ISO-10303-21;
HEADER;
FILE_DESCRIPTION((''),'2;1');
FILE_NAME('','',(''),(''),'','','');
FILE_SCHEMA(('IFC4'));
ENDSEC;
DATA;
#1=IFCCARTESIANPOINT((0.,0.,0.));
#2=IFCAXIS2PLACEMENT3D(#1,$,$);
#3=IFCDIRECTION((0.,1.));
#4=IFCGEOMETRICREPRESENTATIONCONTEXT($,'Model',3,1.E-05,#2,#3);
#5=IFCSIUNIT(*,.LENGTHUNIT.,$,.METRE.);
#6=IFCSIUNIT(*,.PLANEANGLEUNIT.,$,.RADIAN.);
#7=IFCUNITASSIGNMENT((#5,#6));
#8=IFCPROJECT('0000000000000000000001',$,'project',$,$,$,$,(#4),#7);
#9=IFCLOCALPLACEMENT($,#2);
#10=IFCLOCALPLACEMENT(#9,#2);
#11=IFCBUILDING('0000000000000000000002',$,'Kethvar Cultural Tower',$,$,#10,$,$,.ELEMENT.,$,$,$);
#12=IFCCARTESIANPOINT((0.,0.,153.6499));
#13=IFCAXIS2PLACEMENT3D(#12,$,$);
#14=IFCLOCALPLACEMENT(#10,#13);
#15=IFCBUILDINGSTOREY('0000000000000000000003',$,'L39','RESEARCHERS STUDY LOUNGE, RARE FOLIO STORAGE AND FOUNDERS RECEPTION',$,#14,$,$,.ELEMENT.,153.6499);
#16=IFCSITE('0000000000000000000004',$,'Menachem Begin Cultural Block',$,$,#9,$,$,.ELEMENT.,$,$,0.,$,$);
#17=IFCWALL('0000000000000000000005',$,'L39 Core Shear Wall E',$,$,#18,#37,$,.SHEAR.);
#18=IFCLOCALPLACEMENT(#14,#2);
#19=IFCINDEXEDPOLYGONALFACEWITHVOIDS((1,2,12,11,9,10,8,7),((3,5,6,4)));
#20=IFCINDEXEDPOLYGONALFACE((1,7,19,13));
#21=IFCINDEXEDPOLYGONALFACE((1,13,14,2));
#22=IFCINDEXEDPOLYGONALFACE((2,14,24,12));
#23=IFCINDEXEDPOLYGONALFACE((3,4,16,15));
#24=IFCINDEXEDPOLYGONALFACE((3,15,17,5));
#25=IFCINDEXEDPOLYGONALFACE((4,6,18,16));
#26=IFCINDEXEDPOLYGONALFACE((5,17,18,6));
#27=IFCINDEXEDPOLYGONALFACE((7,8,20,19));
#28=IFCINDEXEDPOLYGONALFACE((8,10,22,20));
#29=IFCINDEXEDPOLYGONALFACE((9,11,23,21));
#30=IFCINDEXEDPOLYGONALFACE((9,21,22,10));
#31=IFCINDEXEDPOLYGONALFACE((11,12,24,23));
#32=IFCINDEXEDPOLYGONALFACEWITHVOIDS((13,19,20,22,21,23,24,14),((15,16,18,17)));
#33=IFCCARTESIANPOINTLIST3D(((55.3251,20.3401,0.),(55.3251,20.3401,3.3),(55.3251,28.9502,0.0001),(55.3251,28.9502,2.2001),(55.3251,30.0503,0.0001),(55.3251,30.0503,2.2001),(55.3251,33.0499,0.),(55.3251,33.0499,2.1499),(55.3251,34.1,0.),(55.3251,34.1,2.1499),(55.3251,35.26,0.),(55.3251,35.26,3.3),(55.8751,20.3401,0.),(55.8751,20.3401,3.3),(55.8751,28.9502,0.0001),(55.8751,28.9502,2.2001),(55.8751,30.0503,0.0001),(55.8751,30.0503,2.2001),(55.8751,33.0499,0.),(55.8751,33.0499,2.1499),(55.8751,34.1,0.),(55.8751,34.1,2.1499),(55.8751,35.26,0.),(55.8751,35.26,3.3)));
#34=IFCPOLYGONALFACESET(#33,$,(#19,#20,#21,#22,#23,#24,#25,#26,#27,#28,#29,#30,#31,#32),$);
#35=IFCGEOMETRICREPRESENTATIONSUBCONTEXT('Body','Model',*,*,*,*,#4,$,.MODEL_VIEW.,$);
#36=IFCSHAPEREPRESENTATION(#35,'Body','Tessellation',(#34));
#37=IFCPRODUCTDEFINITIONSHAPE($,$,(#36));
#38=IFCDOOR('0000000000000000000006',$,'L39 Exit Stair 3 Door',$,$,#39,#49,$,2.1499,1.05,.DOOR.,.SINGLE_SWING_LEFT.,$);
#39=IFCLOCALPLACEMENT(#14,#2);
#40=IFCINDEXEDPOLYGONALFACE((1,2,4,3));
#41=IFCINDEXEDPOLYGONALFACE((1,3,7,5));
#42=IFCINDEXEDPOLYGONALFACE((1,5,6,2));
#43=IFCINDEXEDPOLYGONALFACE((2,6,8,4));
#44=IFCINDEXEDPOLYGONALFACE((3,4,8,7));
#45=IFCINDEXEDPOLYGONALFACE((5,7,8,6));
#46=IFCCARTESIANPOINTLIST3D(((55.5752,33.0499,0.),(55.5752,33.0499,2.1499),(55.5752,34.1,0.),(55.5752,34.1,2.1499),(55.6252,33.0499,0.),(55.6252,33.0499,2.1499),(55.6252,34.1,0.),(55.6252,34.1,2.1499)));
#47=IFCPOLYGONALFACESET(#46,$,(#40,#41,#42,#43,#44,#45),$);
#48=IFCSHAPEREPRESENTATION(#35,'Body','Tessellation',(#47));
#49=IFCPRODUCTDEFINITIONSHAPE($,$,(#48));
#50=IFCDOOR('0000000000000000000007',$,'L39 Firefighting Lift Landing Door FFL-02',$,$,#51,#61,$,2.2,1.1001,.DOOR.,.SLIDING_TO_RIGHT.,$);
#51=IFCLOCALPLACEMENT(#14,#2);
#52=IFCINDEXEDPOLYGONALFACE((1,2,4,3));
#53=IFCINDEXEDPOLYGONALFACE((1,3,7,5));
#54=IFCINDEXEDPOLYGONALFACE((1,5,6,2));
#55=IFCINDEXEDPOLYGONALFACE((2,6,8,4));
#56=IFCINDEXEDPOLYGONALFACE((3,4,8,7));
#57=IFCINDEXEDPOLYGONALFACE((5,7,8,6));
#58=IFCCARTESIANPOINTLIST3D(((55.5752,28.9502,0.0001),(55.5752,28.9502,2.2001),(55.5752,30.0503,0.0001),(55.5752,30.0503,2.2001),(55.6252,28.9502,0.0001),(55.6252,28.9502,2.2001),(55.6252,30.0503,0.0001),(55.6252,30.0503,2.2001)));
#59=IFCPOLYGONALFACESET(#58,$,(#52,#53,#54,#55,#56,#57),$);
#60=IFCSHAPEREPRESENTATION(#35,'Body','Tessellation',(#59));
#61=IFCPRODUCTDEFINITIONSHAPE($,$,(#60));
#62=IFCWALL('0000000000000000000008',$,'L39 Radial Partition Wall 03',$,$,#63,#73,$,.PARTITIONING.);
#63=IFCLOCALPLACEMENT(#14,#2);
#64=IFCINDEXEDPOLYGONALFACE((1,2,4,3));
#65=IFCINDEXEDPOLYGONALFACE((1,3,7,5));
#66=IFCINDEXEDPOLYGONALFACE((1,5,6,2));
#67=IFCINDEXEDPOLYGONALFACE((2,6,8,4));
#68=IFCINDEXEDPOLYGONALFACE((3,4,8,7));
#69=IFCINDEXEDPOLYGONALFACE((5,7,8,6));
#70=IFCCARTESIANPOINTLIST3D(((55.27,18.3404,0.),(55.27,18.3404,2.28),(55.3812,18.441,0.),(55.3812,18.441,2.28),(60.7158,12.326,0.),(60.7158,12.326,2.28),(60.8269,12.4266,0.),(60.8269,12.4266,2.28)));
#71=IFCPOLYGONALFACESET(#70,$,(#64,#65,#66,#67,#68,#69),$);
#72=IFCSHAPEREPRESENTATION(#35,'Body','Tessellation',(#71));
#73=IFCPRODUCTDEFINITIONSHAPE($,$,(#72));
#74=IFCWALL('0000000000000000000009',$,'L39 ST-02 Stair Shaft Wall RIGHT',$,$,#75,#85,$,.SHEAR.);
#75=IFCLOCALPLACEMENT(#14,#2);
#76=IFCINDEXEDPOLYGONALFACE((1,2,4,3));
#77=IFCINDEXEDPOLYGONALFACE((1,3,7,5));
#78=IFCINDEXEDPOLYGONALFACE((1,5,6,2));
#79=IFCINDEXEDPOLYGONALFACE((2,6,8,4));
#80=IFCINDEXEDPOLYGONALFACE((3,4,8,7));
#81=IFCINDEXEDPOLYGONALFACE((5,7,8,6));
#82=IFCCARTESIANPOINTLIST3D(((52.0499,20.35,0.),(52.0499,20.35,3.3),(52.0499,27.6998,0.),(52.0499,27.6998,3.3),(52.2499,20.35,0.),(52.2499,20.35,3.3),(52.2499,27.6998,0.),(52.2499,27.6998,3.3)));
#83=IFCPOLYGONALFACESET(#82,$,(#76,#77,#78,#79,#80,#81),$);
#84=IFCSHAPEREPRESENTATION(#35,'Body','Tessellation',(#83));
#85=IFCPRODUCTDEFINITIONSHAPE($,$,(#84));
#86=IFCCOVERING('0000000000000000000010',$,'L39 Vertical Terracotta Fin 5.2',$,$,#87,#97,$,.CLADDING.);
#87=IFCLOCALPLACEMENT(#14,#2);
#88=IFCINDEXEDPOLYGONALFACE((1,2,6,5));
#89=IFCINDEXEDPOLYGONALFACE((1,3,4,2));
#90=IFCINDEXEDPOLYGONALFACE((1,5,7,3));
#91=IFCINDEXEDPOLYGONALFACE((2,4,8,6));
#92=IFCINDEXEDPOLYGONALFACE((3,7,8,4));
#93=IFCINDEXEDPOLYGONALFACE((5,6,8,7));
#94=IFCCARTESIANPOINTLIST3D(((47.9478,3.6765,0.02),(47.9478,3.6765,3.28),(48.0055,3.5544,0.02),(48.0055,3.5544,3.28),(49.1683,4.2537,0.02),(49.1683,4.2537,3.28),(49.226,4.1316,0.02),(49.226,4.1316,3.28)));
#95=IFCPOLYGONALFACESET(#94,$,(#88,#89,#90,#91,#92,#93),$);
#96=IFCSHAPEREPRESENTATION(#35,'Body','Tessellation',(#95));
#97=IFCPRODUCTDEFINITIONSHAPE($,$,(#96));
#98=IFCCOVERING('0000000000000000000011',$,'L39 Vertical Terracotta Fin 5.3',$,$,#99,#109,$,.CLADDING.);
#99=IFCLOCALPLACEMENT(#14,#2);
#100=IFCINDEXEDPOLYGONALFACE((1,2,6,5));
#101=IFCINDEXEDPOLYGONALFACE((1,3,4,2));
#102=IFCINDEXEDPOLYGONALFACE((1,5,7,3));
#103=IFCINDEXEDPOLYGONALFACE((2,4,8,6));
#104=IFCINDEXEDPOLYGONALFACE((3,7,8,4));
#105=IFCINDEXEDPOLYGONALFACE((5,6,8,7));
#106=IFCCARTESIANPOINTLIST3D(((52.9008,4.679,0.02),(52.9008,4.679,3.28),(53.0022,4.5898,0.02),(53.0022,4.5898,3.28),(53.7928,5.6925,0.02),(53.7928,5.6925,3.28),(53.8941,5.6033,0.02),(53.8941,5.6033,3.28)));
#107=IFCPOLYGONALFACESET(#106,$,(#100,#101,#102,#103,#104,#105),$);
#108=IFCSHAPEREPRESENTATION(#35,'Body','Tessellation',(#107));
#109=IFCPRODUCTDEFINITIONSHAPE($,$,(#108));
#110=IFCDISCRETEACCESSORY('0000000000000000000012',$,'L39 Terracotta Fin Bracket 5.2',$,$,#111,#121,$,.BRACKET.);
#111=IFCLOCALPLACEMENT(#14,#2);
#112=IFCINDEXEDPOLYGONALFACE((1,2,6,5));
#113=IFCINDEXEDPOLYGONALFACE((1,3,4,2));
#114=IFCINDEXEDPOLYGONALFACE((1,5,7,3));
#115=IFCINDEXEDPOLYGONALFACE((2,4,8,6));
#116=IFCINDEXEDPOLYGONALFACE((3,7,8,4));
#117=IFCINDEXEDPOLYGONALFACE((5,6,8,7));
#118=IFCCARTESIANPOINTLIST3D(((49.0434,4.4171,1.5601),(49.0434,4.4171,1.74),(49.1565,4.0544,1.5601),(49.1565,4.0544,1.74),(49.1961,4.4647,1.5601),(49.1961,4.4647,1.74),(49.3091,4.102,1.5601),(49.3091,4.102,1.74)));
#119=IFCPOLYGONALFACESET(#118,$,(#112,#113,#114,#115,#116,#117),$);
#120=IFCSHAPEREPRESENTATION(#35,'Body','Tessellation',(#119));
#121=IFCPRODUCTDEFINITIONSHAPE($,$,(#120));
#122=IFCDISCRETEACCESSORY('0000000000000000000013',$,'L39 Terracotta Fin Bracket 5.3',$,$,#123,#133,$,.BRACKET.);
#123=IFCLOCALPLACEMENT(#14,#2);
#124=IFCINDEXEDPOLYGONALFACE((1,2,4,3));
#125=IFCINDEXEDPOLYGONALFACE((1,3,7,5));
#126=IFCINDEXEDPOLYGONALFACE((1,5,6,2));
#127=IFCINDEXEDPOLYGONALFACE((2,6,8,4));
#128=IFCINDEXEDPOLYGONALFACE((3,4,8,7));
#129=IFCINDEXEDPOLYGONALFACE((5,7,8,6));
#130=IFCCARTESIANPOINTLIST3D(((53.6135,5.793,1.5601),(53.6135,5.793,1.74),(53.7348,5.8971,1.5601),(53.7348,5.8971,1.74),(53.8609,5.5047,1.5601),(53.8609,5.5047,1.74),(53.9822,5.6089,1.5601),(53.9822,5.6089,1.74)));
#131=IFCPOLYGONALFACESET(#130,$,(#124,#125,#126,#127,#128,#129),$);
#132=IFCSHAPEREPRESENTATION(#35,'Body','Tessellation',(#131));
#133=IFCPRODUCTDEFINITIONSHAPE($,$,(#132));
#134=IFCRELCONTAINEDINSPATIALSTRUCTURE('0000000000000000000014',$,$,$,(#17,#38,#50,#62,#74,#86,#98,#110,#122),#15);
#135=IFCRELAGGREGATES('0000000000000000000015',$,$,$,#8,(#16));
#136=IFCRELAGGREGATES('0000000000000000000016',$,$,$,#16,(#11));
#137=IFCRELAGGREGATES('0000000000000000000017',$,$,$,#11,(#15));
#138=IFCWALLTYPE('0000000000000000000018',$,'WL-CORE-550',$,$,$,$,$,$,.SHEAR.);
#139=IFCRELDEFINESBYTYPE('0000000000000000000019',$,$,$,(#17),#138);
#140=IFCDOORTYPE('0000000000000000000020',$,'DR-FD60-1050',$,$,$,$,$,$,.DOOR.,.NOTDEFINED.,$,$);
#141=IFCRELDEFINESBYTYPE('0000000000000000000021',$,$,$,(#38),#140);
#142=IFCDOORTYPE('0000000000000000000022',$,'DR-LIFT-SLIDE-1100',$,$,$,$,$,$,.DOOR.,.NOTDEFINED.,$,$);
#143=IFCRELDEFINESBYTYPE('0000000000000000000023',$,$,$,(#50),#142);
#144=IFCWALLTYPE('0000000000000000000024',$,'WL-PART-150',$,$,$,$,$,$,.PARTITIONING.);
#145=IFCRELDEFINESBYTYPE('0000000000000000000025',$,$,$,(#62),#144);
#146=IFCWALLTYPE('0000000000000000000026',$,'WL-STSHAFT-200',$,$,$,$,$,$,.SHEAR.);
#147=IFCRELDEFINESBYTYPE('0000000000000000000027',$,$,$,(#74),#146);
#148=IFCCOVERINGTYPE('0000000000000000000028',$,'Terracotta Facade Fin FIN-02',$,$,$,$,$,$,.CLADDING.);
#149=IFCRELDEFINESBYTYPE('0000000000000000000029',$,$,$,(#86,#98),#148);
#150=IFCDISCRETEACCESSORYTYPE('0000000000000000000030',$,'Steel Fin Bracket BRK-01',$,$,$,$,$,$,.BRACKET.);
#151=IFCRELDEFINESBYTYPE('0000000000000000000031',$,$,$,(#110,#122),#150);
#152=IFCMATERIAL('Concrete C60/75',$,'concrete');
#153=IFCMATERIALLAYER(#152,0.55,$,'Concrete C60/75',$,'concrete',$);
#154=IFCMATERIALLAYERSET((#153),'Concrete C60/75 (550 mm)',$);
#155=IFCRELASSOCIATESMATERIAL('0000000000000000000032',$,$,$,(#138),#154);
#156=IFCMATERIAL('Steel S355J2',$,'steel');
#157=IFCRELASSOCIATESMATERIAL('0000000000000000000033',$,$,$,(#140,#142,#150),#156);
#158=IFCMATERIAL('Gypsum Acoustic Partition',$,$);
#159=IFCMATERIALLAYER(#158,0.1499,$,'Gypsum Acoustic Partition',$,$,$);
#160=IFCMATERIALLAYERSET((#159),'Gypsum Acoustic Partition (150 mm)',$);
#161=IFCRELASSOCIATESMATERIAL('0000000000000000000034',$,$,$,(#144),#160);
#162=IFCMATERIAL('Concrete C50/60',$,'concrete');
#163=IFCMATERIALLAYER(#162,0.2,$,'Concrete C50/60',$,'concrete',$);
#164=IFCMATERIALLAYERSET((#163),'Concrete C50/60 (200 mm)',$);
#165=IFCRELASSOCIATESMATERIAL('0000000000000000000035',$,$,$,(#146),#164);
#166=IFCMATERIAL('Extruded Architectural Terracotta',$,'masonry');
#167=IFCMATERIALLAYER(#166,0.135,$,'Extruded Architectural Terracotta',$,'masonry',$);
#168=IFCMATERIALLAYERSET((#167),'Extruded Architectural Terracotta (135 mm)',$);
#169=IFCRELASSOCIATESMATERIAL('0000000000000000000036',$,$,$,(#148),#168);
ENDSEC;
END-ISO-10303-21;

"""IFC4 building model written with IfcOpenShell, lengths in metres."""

from ifc_helpers import new_model, si_unit, direction, frame, frame_2d, origin, origin_2d, place, context, subcontext, project, spatial, rectangle, extrude, source, transform, mapped, material, layer, layer_set, type_object, element, fill, save


model = new_model("IFC4")

# Units and contexts
model_context = context("Model", 3, precision=1e-05, world=origin(), true_north=direction((0.0, 1.0)))
body_context = subcontext(model_context, "Body", "Model", "MODEL_VIEW")
ifc_project = project(units=[si_unit("LENGTHUNIT", "METRE"), si_unit("PLANEANGLEUNIT", "RADIAN")], contexts=[model_context])

# Site, building, storey
site_placement = place(None, origin())
site = spatial("IfcSite", under=ifc_project, at=site_placement, Name="Menachem Begin Cultural Block", CompositionType="ELEMENT", RefElevation=0.0)
building_placement = place(site_placement, origin())
building = spatial("IfcBuilding", under=site, at=building_placement, Name="Kethvar Cultural Tower", CompositionType="ELEMENT")
storey_placement = place(building_placement, frame((0.0, 0.0, 153.6499)))
storey = spatial("IfcBuildingStorey", under=building, at=storey_placement, Name="L39", Description="RESEARCHERS STUDY LOUNGE, RARE FOLIO STORAGE AND FOUNDERS RECEPTION", CompositionType="ELEMENT", Elevation=153.6499)

# Shared definitions
ifc_material_1 = material(Name="Steel S355J2", Category="steel")

# Wall, openings, doors
ifc_material_2 = material(Name="Concrete C60/75", Category="concrete")
ifc_layer_1 = layer(ifc_material_2, 0.55, Name="Concrete C60/75", Category="concrete")
ifc_layer_set_1 = layer_set([ifc_layer_1], Name="Concrete C60/75 (550 mm)")
wall_type_1 = type_object("IfcWallType", Name="WL-CORE-550", PredefinedType="SHEAR", material=ifc_layer_set_1)
wall_1_placement = place(storey_placement, frame((55.6001, 20.3401, 0.0), z_axis=(0.0, 0.0, 1.0), x_axis=(0.0, 1.0, 0.0)))
wall_1 = element("IfcWall", 1, at=wall_1_placement, inside=storey, type_object=wall_type_1, Name="L39 Core Shear Wall E", PredefinedType="SHEAR", context=body_context, shape_type="SweptSolid", body=[
    extrude(rectangle(XDim=14.9199, YDim=0.55, at=frame_2d((7.46, 0.0))), origin(), (0.0, 0.0, 1.0), 3.3),
])
opening_1_placement = place(wall_1_placement, frame((12.71, 0.0, 0.0)))
opening_1 = element("IfcOpeningElement", 2, at=opening_1_placement, cuts=wall_1, PredefinedType="OPENING", context=body_context, shape_type="SweptSolid", body=[
    extrude(rectangle(XDim=1.05, YDim=2.1499, at=frame_2d((0.5249, 1.075))), frame((0.0, 0.2849, 0.0), z_axis=(0.0, -1.0, 0.0), x_axis=(1.0, 0.0, 0.0)), (0.0, 0.0, 1.0), 0.5701),
])
opening_2_placement = place(wall_1_placement, frame((8.6101, 0.0, 0.0)))
opening_2 = element("IfcOpeningElement", 3, at=opening_2_placement, cuts=wall_1, PredefinedType="OPENING", context=body_context, shape_type="SweptSolid", body=[
    extrude(rectangle(XDim=1.1001, YDim=2.2, at=frame_2d((0.55, 1.1001))), frame((0.0, 0.2849, 0.0), z_axis=(0.0, -1.0, 0.0), x_axis=(1.0, 0.0, 0.0)), (0.0, 0.0, 1.0), 0.5701),
])
door_type_1 = type_object("IfcDoorType", Name="DR-FD60-1050", OperationType="NOTDEFINED", PredefinedType="DOOR", material=ifc_material_1)
shared_shape_1 = source(origin(), body_context, "Body", "SweptSolid", [
    extrude(rectangle(XDim=1.05, YDim=2.1499, at=frame_2d((0.5249, 1.075))), frame((0.0, 0.0249, 0.0), z_axis=(0.0, -1.0, 0.0), x_axis=(1.0, 0.0, 0.0)), (0.0, 0.0, 1.0), 0.05),
])
door_1_placement = place(opening_1_placement, origin())
door_1 = element("IfcDoor", 4, at=door_1_placement, inside=storey, type_object=door_type_1, Name="L39 Exit Stair 3 Door", OperationType="SINGLE_SWING_LEFT", OverallHeight=2.1499, OverallWidth=1.05, PredefinedType="DOOR", context=body_context, shape_type="MappedRepresentation", body=[
    mapped(shared_shape_1, transform((0.0, 0.0, 0.0), scale=1.0)),
])
fill(opening_1, door_1)
door_type_2 = type_object("IfcDoorType", Name="DR-LIFT-SLIDE-1100", OperationType="NOTDEFINED", PredefinedType="DOOR", material=ifc_material_1)
shared_shape_2 = source(origin(), body_context, "Body", "SweptSolid", [
    extrude(rectangle(XDim=1.1001, YDim=2.2, at=frame_2d((0.55, 1.1001))), frame((0.0, 0.0249, 0.0), z_axis=(0.0, -1.0, 0.0), x_axis=(1.0, 0.0, 0.0)), (0.0, 0.0, 1.0), 0.05),
])
door_2_placement = place(opening_2_placement, origin())
door_2 = element("IfcDoor", 5, at=door_2_placement, inside=storey, type_object=door_type_2, Name="L39 Firefighting Lift Landing Door FFL-02", OperationType="SLIDING_TO_RIGHT", OverallHeight=2.2, OverallWidth=1.1001, PredefinedType="DOOR", context=body_context, shape_type="MappedRepresentation", body=[
    mapped(shared_shape_2, transform((0.0, 0.0, 0.0), scale=1.0)),
])
fill(opening_2, door_2)

# Walls
ifc_material_3 = material(Name="Gypsum Acoustic Partition")
ifc_layer_2 = layer(ifc_material_3, 0.1499, Name="Gypsum Acoustic Partition")
ifc_layer_set_2 = layer_set([ifc_layer_2], Name="Gypsum Acoustic Partition (150 mm)")
wall_type_2 = type_object("IfcWallType", Name="WL-PART-150", PredefinedType="PARTITIONING", material=ifc_layer_set_2)
wall_2_placement = place(storey_placement, frame((55.3257, 18.3906, 0.0), z_axis=(0.0, 0.0, 1.0), x_axis=(0.671198, -0.741278, 0.0)))
element("IfcWall", 6, at=wall_2_placement, inside=storey, type_object=wall_type_2, Name="L39 Radial Partition Wall 03", PredefinedType="PARTITIONING", context=body_context, shape_type="SweptSolid", body=[
    extrude(rectangle(XDim=8.1135, YDim=0.1499, at=frame_2d((4.0566, 0.0))), origin(), (0.0, 0.0, 1.0), 2.28),
])
ifc_material_4 = material(Name="Concrete C50/60", Category="concrete")
ifc_layer_3 = layer(ifc_material_4, 0.2, Name="Concrete C50/60", Category="concrete")
ifc_layer_set_3 = layer_set([ifc_layer_3], Name="Concrete C50/60 (200 mm)")
wall_type_3 = type_object("IfcWallType", Name="WL-STSHAFT-200", PredefinedType="SHEAR", material=ifc_layer_set_3)
wall_3_placement = place(storey_placement, frame((52.1499, 20.3501, 0.0), z_axis=(0.0, 0.0, 1.0), x_axis=(0.0, 1.0, 0.0)))
element("IfcWall", 7, at=wall_3_placement, inside=storey, type_object=wall_type_3, Name="L39 ST-02 Stair Shaft Wall RIGHT", PredefinedType="SHEAR", context=body_context, shape_type="SweptSolid", body=[
    extrude(rectangle(XDim=7.3499, YDim=0.2, at=frame_2d((3.6748, 0.0))), origin(), (0.0, 0.0, 1.0), 3.3),
])

# Coverings
ifc_material_5 = material(Name="Extruded Architectural Terracotta", Category="masonry")
ifc_layer_4 = layer(ifc_material_5, 0.135, Name="Extruded Architectural Terracotta", Category="masonry")
ifc_layer_set_4 = layer_set([ifc_layer_4], Name="Extruded Architectural Terracotta (135 mm)")
covering_type = type_object("IfcCoveringType", Name="Terracotta Facade Fin FIN-02", PredefinedType="CLADDING", material=ifc_layer_set_4)
shared_shape_3 = source(origin(), body_context, "Body", "SweptSolid", [
    extrude(rectangle(XDim=1.3501, YDim=0.135, at=origin_2d()), origin(), (0.0, 0.0, 1.0), 3.26),
])
for number, where, z_axis, x_axis, name in (
    (8, (48.5869, 3.9041, 0.02), (0.0, 0.0, 1.0), (-0.904008, -0.427516, 0.0), "L39 Vertical Terracotta Fin 5.2"),
    (9, (53.3975, 5.1411, 0.02), (0.0, 0.0, 1.0), (-0.660657, -0.750688, 0.0), "L39 Vertical Terracotta Fin 5.3"),
):
    element("IfcCovering", number, at=place(storey_placement, frame(where, z_axis=z_axis, x_axis=x_axis)), inside=storey, type_object=covering_type, Name=name, PredefinedType="CLADDING", context=body_context, shape_type="MappedRepresentation", body=[
        mapped(shared_shape_3, transform((0.0, 0.0, 0.0), scale=1.0)),
    ])

# Discrete accessories
discrete_accessory_type = type_object("IfcDiscreteAccessoryType", Name="Steel Fin Bracket BRK-01", PredefinedType="BRACKET", material=ifc_material_1)
shared_shape_4 = source(origin(), body_context, "Body", "SweptSolid", [
    extrude(rectangle(XDim=0.3799, YDim=0.1599, at=origin_2d()), origin(), (0.0, 0.0, 1.0), 0.1799),
])
for number, where, z_axis, x_axis, name in (
    (10, (49.1763, 4.2595, 1.5601), (0.0, 0.0, 1.0), (0.297542, -0.954709, 0.0), "L39 Terracotta Fin Bracket 5.2"),
    (11, (53.7979, 5.7009, 1.5601), (0.0, 0.0, 1.0), (0.651437, -0.758703, 0.0), "L39 Terracotta Fin Bracket 5.3"),
):
    element("IfcDiscreteAccessory", number, at=place(storey_placement, frame(where, z_axis=z_axis, x_axis=x_axis)), inside=storey, type_object=discrete_accessory_type, Name=name, PredefinedType="BRACKET", context=body_context, shape_type="MappedRepresentation", body=[
        mapped(shared_shape_4, transform((0.0, 0.0, 0.0), scale=1.0)),
    ])

save(model, "model.ifc")
